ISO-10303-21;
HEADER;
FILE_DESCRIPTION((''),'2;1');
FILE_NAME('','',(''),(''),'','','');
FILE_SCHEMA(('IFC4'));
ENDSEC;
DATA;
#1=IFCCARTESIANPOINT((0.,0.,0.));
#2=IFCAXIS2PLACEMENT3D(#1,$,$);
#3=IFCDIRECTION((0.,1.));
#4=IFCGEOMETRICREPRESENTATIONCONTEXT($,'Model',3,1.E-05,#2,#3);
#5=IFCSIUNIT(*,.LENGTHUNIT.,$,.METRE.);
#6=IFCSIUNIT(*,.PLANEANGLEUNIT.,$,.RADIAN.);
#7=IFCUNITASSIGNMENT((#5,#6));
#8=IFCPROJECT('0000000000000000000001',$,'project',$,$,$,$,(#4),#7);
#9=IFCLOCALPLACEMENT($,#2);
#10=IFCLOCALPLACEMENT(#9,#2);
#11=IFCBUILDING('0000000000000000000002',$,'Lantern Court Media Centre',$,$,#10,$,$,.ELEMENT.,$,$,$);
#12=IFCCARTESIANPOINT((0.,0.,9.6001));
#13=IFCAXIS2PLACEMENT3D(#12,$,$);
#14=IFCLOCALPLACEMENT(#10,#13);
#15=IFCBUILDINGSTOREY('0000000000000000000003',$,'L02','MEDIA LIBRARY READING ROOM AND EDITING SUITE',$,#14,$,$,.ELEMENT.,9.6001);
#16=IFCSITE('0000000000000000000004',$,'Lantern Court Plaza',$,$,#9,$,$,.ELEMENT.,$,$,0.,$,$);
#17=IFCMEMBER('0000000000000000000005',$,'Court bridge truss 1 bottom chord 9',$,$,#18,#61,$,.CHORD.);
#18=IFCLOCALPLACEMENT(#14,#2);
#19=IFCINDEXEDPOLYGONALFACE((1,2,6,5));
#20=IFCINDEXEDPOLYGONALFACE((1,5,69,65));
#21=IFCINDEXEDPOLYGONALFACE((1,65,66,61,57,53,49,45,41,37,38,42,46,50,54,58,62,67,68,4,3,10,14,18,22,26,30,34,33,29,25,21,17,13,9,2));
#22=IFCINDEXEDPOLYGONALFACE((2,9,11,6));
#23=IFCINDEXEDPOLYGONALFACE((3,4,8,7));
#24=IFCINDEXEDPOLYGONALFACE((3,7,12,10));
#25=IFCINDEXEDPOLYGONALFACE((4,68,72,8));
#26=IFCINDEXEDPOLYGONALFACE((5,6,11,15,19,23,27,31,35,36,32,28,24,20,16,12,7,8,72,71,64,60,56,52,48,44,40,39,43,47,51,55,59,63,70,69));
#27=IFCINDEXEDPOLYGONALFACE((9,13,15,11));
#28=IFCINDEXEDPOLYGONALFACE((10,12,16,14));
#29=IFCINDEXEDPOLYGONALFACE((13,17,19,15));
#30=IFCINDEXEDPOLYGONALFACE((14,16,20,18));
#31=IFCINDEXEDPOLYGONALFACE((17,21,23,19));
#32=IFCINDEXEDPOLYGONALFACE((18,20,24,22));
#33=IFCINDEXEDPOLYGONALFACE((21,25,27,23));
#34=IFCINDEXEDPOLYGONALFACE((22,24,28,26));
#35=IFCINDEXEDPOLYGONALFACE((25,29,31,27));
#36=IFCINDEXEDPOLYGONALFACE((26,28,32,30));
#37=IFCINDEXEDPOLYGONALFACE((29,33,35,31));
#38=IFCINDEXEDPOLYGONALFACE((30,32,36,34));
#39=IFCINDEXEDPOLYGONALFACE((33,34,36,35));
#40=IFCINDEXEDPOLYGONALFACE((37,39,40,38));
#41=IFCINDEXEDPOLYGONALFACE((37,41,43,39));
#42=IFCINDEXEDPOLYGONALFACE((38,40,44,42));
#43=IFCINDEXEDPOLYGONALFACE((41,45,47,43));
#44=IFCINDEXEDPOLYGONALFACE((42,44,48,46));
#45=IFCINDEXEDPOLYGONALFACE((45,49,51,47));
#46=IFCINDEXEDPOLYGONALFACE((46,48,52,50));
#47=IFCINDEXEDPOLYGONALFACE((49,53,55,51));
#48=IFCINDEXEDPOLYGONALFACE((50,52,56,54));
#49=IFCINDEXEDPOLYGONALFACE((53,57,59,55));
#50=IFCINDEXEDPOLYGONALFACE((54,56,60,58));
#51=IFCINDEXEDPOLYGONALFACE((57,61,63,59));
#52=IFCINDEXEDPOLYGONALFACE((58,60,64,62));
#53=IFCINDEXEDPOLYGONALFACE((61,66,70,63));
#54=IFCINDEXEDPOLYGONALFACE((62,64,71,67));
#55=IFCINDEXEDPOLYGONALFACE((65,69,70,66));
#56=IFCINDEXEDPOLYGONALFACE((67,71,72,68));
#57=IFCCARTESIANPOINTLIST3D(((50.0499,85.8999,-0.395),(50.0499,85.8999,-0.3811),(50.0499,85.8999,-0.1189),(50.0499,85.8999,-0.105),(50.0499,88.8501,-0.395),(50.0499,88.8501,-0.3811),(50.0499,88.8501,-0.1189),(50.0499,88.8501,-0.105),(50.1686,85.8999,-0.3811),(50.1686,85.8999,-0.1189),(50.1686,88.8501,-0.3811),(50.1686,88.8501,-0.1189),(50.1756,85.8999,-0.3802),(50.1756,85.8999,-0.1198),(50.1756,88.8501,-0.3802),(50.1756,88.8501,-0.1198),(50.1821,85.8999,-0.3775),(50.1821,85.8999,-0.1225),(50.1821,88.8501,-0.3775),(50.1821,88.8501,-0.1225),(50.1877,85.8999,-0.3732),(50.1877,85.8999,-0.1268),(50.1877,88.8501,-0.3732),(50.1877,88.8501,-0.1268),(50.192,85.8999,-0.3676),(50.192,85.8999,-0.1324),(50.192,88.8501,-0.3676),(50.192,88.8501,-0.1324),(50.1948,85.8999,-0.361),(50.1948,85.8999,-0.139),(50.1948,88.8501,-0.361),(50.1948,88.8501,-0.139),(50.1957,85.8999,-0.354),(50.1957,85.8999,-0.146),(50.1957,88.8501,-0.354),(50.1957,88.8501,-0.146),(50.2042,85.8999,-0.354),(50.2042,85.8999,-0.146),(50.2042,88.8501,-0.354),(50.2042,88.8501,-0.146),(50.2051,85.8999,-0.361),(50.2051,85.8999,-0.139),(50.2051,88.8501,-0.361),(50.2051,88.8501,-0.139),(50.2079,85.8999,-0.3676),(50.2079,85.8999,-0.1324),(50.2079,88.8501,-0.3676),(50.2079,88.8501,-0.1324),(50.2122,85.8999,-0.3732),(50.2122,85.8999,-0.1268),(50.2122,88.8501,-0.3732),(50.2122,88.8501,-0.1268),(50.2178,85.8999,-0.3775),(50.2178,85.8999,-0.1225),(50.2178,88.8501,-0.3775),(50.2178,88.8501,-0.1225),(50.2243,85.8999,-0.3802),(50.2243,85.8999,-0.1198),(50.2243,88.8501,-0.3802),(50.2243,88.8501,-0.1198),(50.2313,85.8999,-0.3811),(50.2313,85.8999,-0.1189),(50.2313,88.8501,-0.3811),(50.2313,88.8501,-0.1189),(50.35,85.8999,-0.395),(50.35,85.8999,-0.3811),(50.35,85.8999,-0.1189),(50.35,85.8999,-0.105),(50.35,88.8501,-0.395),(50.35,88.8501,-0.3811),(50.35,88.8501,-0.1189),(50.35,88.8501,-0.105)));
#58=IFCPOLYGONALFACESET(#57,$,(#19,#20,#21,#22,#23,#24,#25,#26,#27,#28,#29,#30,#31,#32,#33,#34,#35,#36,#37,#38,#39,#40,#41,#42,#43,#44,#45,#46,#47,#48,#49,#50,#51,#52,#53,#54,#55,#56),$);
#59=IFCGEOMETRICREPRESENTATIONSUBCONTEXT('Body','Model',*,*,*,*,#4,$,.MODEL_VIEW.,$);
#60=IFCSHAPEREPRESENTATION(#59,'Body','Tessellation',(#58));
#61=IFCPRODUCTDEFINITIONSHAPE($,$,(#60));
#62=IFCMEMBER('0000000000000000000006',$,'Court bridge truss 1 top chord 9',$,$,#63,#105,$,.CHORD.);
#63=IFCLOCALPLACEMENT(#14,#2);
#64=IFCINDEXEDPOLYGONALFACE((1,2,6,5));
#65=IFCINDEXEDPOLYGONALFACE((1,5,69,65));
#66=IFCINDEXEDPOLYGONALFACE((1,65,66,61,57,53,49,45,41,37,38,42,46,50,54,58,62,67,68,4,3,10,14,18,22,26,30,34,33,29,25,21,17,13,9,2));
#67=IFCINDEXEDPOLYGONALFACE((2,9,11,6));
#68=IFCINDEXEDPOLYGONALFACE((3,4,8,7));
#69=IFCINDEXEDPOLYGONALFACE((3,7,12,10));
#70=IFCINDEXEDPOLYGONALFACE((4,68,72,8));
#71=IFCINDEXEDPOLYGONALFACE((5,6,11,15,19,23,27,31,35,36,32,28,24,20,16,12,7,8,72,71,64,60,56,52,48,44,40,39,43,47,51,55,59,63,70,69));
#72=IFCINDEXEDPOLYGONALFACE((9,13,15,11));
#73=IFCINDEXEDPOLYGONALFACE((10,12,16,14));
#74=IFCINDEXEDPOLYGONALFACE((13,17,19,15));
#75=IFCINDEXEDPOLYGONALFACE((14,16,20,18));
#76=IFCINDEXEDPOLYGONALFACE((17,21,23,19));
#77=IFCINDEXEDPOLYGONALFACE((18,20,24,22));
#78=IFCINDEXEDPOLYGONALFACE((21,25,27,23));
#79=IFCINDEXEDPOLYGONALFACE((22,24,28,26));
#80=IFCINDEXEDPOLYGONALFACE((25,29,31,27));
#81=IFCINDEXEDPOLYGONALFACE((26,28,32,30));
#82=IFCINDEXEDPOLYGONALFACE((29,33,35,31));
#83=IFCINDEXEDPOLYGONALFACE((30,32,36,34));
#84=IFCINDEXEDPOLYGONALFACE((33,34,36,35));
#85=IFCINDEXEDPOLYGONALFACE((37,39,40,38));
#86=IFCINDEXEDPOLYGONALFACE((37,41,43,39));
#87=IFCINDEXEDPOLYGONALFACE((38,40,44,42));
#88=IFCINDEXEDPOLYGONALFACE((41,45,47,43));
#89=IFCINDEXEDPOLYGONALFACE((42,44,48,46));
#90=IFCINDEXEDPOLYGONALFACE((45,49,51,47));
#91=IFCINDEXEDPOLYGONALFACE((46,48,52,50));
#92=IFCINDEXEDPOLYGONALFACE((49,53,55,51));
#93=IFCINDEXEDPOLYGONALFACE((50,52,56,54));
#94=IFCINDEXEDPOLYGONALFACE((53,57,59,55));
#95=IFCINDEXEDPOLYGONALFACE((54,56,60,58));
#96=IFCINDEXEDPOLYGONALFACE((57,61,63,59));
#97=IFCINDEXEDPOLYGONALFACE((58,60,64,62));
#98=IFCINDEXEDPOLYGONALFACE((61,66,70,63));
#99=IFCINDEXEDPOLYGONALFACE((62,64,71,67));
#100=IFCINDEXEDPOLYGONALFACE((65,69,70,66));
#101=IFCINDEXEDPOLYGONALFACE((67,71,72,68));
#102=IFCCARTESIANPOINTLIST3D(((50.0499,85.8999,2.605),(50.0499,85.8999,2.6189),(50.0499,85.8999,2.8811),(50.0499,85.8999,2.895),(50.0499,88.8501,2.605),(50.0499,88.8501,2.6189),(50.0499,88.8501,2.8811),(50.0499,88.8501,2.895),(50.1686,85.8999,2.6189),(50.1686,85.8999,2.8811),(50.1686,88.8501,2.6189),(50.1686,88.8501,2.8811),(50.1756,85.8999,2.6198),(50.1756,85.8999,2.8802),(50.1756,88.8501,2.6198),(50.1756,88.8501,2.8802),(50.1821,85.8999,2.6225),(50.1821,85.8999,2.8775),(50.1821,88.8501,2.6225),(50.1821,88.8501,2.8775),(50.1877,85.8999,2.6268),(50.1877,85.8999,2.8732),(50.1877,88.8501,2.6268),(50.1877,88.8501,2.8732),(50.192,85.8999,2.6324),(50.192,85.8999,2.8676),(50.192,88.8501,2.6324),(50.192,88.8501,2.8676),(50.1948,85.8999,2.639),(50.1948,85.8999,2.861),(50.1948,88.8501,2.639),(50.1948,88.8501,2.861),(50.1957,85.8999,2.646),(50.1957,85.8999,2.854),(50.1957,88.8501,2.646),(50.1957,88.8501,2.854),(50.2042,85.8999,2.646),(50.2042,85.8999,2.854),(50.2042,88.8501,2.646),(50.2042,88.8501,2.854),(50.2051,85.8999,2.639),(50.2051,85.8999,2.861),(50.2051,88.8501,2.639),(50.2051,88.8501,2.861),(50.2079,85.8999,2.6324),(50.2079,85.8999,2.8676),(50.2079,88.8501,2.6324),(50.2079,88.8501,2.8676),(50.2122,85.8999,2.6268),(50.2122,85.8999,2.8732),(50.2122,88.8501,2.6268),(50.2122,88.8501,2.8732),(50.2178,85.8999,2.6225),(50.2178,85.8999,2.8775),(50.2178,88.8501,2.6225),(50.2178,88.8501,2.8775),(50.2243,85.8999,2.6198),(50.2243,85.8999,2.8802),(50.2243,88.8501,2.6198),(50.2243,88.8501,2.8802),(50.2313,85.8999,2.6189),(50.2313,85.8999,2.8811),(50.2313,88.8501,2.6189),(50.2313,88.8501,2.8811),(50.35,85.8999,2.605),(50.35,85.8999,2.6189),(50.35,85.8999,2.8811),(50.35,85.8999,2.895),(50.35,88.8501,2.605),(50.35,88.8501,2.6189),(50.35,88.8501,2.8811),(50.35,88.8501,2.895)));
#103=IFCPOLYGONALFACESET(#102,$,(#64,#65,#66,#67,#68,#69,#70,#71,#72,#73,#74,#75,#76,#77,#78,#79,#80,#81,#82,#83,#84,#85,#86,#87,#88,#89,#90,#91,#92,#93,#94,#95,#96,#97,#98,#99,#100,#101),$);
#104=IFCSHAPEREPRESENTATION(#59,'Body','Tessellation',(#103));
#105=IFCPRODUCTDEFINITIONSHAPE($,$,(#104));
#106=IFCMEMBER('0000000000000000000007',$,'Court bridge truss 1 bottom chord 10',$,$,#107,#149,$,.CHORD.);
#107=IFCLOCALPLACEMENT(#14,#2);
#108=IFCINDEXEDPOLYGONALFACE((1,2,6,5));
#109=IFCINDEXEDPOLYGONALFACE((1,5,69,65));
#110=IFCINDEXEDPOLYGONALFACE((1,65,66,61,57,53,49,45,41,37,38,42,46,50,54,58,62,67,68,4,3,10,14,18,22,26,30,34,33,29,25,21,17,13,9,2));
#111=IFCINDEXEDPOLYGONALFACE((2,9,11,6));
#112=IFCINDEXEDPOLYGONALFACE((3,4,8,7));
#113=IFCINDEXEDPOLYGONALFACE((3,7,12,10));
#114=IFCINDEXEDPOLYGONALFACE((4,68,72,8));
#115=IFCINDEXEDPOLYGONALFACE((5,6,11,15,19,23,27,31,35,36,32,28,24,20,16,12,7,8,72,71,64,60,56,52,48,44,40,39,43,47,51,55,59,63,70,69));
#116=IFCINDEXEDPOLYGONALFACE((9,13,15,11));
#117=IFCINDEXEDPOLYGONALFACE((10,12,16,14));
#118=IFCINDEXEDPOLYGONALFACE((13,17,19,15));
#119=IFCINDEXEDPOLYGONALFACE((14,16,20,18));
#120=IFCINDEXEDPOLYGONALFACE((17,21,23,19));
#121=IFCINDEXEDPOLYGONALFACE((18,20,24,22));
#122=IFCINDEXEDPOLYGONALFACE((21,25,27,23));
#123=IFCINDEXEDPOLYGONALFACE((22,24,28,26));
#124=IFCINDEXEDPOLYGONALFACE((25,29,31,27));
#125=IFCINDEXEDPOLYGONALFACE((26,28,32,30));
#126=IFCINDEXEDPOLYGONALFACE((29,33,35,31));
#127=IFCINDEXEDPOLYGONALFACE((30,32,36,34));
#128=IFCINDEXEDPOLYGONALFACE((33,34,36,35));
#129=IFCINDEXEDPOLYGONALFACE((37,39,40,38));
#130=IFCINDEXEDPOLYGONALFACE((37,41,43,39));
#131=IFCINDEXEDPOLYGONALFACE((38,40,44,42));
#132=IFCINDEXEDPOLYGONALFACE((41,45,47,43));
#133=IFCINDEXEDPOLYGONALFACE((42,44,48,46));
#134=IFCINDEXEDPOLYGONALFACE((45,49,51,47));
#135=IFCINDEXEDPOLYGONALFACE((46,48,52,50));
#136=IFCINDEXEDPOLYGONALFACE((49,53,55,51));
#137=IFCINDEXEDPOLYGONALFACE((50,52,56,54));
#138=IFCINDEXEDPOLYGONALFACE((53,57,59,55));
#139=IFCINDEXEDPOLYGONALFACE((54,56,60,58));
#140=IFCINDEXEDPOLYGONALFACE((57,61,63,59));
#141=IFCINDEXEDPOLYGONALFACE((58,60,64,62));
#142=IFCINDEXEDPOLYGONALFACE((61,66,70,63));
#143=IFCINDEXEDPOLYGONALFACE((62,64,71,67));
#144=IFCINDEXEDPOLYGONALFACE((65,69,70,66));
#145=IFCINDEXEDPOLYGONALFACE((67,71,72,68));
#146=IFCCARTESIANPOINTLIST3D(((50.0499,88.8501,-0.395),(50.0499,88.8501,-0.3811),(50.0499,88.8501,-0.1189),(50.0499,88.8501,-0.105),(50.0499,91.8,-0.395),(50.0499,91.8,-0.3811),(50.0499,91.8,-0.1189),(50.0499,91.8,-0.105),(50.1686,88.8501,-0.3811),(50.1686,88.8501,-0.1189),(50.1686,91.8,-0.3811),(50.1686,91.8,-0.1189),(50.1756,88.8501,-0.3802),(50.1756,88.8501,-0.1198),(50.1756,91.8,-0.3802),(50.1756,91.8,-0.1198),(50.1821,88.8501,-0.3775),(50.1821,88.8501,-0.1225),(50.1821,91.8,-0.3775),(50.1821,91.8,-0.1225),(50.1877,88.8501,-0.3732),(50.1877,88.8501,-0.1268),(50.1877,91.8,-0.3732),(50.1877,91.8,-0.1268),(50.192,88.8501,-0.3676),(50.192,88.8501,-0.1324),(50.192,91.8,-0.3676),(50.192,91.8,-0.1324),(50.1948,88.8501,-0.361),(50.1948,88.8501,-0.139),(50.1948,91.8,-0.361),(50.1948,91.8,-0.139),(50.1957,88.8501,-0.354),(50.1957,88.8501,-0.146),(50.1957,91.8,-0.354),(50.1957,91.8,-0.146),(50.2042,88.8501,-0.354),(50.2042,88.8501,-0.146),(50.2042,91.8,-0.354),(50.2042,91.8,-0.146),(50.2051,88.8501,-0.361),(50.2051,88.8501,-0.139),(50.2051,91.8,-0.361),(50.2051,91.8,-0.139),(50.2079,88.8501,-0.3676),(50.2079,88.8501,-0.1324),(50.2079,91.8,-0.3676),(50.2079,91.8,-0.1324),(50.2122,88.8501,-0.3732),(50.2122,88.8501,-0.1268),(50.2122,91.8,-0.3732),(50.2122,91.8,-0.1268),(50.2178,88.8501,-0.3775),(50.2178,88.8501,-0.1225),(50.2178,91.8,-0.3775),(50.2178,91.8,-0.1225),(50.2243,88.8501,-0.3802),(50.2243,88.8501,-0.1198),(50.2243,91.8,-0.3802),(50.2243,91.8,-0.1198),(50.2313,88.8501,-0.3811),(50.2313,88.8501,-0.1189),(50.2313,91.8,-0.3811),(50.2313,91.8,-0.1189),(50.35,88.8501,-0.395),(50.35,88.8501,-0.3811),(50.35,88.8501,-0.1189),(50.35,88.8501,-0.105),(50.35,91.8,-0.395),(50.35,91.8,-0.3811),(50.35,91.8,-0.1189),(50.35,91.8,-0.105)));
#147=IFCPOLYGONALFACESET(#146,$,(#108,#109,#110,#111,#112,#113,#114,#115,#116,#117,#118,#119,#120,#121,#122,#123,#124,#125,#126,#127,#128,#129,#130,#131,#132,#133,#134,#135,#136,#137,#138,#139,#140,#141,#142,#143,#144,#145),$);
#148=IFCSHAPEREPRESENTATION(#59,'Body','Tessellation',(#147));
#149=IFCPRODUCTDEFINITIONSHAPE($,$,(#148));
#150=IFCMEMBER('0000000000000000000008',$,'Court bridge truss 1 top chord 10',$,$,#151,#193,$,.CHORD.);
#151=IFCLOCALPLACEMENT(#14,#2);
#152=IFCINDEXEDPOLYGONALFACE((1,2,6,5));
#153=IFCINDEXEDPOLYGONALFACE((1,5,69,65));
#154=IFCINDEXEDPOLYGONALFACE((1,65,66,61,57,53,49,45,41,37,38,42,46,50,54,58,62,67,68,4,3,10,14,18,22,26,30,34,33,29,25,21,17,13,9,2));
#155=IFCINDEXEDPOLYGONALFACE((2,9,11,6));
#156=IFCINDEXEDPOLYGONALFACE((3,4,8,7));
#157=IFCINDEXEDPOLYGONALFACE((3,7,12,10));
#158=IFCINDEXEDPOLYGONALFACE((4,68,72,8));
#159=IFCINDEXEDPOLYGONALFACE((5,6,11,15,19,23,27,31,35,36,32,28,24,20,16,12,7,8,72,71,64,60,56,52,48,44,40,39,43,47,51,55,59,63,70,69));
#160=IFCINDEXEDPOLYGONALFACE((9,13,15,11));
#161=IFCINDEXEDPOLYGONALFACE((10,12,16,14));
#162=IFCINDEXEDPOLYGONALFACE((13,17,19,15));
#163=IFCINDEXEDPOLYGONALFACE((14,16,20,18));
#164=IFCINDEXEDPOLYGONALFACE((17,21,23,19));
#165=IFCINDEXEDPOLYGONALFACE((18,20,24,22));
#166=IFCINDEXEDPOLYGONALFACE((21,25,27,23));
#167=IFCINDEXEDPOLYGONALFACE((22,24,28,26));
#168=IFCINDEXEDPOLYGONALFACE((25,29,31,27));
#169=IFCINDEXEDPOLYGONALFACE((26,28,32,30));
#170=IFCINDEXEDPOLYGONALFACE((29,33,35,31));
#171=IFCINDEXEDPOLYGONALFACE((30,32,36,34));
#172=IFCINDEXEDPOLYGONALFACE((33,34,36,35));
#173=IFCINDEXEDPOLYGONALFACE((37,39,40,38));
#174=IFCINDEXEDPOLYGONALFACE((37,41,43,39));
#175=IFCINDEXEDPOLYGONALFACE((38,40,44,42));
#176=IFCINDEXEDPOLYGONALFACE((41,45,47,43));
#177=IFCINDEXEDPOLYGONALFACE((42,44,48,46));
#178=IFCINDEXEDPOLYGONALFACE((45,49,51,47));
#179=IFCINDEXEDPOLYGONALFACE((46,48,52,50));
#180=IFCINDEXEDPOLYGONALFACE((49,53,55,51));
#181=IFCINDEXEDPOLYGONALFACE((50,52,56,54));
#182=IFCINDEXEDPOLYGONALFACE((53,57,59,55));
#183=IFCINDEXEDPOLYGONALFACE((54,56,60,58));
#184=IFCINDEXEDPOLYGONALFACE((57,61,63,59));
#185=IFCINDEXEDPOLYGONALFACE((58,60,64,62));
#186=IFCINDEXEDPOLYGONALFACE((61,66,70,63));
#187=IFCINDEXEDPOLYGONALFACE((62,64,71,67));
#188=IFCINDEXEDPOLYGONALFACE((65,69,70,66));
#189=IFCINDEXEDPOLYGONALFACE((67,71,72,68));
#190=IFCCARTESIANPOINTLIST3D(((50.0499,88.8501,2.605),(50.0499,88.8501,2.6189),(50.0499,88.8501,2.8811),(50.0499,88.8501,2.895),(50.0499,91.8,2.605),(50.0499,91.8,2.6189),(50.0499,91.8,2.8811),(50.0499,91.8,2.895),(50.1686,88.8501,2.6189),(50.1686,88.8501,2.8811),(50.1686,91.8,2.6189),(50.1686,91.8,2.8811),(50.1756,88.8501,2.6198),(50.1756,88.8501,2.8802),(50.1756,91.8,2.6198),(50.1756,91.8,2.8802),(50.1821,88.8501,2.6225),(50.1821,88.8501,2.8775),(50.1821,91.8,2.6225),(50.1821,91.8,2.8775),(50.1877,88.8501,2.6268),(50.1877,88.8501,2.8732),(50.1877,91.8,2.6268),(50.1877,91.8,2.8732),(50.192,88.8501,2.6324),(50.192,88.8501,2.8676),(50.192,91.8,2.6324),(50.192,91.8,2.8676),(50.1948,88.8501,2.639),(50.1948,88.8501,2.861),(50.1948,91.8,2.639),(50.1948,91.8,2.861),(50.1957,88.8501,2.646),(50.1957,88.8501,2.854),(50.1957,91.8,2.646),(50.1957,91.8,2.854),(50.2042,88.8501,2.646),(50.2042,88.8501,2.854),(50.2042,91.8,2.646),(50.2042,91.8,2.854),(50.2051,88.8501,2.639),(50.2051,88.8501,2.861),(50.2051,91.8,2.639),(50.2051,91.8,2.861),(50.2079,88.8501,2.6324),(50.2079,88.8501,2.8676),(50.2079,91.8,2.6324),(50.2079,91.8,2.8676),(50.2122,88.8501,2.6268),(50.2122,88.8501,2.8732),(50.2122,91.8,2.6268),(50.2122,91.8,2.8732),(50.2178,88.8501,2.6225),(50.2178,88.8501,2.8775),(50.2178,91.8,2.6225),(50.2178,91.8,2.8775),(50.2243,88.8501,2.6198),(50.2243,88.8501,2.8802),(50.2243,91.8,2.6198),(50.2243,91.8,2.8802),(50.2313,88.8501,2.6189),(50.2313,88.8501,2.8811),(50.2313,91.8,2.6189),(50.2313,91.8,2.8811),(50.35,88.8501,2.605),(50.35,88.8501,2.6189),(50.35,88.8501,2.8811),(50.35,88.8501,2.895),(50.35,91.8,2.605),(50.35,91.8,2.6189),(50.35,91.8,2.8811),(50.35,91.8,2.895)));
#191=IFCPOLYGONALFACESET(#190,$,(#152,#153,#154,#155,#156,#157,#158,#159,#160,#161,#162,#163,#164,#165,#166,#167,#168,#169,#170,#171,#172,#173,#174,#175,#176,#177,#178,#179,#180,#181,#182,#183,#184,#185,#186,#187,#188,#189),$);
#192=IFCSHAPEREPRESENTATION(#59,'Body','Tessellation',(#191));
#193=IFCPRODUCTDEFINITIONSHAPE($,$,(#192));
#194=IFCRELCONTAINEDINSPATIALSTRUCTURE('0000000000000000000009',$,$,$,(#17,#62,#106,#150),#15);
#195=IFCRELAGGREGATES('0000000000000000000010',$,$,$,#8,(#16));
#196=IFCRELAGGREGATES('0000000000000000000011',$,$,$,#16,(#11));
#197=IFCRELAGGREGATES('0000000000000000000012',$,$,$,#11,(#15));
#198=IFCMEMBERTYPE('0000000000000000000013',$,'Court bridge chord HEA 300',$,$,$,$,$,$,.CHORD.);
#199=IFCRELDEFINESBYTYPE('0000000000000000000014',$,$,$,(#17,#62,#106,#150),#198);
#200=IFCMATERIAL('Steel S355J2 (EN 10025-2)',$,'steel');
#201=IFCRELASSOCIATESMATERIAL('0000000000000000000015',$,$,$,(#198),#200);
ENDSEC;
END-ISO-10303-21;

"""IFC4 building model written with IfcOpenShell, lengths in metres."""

from ifc_helpers import new_model, si_unit, direction, frame, origin, origin_2d, place, context, subcontext, project, spatial, i_section, extrude, material, material_profile, profile_set, type_object, element, save


model = new_model("IFC4")

# Units and contexts
model_context = context("Model", 3, precision=1e-05, world=origin(), true_north=direction((0.0, 1.0)))
body_context = subcontext(model_context, "Body", "Model", "MODEL_VIEW")
ifc_project = project(units=[si_unit("LENGTHUNIT", "METRE"), si_unit("PLANEANGLEUNIT", "RADIAN")], contexts=[model_context])

# Site, building, storey
site_placement = place(None, origin())
site = spatial("IfcSite", under=ifc_project, at=site_placement, Name="Lantern Court Plaza", CompositionType="ELEMENT", RefElevation=0.0)
building_placement = place(site_placement, origin())
building = spatial("IfcBuilding", under=site, at=building_placement, Name="Lantern Court Media Centre", CompositionType="ELEMENT")
storey_placement = place(building_placement, frame((0.0, 0.0, 9.6001)))
storey = spatial("IfcBuildingStorey", under=building, at=storey_placement, Name="L02", Description="MEDIA LIBRARY READING ROOM AND EDITING SUITE", CompositionType="ELEMENT", Elevation=9.6001)

# Members
ifc_material = material(Name="Steel S355J2 (EN 10025-2)", Category="steel")
ifc_material_profile_1 = material_profile(ifc_material, i_section(OverallWidth=0.3, OverallDepth=0.29, WebThickness=0.0085, FlangeThickness=0.0139, FilletRadius=0.0271, at=origin_2d()), Name="HEA 300")
ifc_profile_set_1 = profile_set([ifc_material_profile_1], Name="Steel S355J2 (EN 10025-2)")
member_type_1 = type_object("IfcMemberType", Name="Court bridge chord HEA 300", PredefinedType="CHORD", material=ifc_profile_set_1)
for number, where, z_axis, x_axis, name in (
    (1, (50.2, 85.8999, -0.25), (0.0, 1.0, 0.0), (-1.0, 0.0, 0.0), "Court bridge truss 1 bottom chord 9"),
    (2, (50.2, 85.8999, 2.75), (0.0, 1.0, 0.0), (-1.0, 0.0, 0.0), "Court bridge truss 1 top chord 9"),
):
    element("IfcMember", number, at=place(storey_placement, frame(where, z_axis=z_axis, x_axis=x_axis)), inside=storey, type_object=member_type_1, Name=name, PredefinedType="CHORD", context=body_context, shape_type="SweptSolid", body=[
        extrude(i_section(OverallWidth=0.3, OverallDepth=0.29, WebThickness=0.0085, FlangeThickness=0.0139, FilletRadius=0.0271, at=origin_2d()), origin(), (0.0, 0.0, 1.0), 2.9502),
    ])
for number, where, z_axis, x_axis, name in (
    (3, (50.2, 88.8501, -0.25), (0.0, 1.0, 0.0), (-1.0, 0.0, 0.0), "Court bridge truss 1 bottom chord 10"),
    (4, (50.2, 88.8501, 2.75), (0.0, 1.0, 0.0), (-1.0, 0.0, 0.0), "Court bridge truss 1 top chord 10"),
):
    element("IfcMember", number, at=place(storey_placement, frame(where, z_axis=z_axis, x_axis=x_axis)), inside=storey, type_object=member_type_1, Name=name, PredefinedType="CHORD", context=body_context, shape_type="SweptSolid", body=[
        extrude(i_section(OverallWidth=0.3, OverallDepth=0.29, WebThickness=0.0085, FlangeThickness=0.0139, FilletRadius=0.0271, at=origin_2d()), origin(), (0.0, 0.0, 1.0), 2.95),
    ])

save(model, "model.ifc")
